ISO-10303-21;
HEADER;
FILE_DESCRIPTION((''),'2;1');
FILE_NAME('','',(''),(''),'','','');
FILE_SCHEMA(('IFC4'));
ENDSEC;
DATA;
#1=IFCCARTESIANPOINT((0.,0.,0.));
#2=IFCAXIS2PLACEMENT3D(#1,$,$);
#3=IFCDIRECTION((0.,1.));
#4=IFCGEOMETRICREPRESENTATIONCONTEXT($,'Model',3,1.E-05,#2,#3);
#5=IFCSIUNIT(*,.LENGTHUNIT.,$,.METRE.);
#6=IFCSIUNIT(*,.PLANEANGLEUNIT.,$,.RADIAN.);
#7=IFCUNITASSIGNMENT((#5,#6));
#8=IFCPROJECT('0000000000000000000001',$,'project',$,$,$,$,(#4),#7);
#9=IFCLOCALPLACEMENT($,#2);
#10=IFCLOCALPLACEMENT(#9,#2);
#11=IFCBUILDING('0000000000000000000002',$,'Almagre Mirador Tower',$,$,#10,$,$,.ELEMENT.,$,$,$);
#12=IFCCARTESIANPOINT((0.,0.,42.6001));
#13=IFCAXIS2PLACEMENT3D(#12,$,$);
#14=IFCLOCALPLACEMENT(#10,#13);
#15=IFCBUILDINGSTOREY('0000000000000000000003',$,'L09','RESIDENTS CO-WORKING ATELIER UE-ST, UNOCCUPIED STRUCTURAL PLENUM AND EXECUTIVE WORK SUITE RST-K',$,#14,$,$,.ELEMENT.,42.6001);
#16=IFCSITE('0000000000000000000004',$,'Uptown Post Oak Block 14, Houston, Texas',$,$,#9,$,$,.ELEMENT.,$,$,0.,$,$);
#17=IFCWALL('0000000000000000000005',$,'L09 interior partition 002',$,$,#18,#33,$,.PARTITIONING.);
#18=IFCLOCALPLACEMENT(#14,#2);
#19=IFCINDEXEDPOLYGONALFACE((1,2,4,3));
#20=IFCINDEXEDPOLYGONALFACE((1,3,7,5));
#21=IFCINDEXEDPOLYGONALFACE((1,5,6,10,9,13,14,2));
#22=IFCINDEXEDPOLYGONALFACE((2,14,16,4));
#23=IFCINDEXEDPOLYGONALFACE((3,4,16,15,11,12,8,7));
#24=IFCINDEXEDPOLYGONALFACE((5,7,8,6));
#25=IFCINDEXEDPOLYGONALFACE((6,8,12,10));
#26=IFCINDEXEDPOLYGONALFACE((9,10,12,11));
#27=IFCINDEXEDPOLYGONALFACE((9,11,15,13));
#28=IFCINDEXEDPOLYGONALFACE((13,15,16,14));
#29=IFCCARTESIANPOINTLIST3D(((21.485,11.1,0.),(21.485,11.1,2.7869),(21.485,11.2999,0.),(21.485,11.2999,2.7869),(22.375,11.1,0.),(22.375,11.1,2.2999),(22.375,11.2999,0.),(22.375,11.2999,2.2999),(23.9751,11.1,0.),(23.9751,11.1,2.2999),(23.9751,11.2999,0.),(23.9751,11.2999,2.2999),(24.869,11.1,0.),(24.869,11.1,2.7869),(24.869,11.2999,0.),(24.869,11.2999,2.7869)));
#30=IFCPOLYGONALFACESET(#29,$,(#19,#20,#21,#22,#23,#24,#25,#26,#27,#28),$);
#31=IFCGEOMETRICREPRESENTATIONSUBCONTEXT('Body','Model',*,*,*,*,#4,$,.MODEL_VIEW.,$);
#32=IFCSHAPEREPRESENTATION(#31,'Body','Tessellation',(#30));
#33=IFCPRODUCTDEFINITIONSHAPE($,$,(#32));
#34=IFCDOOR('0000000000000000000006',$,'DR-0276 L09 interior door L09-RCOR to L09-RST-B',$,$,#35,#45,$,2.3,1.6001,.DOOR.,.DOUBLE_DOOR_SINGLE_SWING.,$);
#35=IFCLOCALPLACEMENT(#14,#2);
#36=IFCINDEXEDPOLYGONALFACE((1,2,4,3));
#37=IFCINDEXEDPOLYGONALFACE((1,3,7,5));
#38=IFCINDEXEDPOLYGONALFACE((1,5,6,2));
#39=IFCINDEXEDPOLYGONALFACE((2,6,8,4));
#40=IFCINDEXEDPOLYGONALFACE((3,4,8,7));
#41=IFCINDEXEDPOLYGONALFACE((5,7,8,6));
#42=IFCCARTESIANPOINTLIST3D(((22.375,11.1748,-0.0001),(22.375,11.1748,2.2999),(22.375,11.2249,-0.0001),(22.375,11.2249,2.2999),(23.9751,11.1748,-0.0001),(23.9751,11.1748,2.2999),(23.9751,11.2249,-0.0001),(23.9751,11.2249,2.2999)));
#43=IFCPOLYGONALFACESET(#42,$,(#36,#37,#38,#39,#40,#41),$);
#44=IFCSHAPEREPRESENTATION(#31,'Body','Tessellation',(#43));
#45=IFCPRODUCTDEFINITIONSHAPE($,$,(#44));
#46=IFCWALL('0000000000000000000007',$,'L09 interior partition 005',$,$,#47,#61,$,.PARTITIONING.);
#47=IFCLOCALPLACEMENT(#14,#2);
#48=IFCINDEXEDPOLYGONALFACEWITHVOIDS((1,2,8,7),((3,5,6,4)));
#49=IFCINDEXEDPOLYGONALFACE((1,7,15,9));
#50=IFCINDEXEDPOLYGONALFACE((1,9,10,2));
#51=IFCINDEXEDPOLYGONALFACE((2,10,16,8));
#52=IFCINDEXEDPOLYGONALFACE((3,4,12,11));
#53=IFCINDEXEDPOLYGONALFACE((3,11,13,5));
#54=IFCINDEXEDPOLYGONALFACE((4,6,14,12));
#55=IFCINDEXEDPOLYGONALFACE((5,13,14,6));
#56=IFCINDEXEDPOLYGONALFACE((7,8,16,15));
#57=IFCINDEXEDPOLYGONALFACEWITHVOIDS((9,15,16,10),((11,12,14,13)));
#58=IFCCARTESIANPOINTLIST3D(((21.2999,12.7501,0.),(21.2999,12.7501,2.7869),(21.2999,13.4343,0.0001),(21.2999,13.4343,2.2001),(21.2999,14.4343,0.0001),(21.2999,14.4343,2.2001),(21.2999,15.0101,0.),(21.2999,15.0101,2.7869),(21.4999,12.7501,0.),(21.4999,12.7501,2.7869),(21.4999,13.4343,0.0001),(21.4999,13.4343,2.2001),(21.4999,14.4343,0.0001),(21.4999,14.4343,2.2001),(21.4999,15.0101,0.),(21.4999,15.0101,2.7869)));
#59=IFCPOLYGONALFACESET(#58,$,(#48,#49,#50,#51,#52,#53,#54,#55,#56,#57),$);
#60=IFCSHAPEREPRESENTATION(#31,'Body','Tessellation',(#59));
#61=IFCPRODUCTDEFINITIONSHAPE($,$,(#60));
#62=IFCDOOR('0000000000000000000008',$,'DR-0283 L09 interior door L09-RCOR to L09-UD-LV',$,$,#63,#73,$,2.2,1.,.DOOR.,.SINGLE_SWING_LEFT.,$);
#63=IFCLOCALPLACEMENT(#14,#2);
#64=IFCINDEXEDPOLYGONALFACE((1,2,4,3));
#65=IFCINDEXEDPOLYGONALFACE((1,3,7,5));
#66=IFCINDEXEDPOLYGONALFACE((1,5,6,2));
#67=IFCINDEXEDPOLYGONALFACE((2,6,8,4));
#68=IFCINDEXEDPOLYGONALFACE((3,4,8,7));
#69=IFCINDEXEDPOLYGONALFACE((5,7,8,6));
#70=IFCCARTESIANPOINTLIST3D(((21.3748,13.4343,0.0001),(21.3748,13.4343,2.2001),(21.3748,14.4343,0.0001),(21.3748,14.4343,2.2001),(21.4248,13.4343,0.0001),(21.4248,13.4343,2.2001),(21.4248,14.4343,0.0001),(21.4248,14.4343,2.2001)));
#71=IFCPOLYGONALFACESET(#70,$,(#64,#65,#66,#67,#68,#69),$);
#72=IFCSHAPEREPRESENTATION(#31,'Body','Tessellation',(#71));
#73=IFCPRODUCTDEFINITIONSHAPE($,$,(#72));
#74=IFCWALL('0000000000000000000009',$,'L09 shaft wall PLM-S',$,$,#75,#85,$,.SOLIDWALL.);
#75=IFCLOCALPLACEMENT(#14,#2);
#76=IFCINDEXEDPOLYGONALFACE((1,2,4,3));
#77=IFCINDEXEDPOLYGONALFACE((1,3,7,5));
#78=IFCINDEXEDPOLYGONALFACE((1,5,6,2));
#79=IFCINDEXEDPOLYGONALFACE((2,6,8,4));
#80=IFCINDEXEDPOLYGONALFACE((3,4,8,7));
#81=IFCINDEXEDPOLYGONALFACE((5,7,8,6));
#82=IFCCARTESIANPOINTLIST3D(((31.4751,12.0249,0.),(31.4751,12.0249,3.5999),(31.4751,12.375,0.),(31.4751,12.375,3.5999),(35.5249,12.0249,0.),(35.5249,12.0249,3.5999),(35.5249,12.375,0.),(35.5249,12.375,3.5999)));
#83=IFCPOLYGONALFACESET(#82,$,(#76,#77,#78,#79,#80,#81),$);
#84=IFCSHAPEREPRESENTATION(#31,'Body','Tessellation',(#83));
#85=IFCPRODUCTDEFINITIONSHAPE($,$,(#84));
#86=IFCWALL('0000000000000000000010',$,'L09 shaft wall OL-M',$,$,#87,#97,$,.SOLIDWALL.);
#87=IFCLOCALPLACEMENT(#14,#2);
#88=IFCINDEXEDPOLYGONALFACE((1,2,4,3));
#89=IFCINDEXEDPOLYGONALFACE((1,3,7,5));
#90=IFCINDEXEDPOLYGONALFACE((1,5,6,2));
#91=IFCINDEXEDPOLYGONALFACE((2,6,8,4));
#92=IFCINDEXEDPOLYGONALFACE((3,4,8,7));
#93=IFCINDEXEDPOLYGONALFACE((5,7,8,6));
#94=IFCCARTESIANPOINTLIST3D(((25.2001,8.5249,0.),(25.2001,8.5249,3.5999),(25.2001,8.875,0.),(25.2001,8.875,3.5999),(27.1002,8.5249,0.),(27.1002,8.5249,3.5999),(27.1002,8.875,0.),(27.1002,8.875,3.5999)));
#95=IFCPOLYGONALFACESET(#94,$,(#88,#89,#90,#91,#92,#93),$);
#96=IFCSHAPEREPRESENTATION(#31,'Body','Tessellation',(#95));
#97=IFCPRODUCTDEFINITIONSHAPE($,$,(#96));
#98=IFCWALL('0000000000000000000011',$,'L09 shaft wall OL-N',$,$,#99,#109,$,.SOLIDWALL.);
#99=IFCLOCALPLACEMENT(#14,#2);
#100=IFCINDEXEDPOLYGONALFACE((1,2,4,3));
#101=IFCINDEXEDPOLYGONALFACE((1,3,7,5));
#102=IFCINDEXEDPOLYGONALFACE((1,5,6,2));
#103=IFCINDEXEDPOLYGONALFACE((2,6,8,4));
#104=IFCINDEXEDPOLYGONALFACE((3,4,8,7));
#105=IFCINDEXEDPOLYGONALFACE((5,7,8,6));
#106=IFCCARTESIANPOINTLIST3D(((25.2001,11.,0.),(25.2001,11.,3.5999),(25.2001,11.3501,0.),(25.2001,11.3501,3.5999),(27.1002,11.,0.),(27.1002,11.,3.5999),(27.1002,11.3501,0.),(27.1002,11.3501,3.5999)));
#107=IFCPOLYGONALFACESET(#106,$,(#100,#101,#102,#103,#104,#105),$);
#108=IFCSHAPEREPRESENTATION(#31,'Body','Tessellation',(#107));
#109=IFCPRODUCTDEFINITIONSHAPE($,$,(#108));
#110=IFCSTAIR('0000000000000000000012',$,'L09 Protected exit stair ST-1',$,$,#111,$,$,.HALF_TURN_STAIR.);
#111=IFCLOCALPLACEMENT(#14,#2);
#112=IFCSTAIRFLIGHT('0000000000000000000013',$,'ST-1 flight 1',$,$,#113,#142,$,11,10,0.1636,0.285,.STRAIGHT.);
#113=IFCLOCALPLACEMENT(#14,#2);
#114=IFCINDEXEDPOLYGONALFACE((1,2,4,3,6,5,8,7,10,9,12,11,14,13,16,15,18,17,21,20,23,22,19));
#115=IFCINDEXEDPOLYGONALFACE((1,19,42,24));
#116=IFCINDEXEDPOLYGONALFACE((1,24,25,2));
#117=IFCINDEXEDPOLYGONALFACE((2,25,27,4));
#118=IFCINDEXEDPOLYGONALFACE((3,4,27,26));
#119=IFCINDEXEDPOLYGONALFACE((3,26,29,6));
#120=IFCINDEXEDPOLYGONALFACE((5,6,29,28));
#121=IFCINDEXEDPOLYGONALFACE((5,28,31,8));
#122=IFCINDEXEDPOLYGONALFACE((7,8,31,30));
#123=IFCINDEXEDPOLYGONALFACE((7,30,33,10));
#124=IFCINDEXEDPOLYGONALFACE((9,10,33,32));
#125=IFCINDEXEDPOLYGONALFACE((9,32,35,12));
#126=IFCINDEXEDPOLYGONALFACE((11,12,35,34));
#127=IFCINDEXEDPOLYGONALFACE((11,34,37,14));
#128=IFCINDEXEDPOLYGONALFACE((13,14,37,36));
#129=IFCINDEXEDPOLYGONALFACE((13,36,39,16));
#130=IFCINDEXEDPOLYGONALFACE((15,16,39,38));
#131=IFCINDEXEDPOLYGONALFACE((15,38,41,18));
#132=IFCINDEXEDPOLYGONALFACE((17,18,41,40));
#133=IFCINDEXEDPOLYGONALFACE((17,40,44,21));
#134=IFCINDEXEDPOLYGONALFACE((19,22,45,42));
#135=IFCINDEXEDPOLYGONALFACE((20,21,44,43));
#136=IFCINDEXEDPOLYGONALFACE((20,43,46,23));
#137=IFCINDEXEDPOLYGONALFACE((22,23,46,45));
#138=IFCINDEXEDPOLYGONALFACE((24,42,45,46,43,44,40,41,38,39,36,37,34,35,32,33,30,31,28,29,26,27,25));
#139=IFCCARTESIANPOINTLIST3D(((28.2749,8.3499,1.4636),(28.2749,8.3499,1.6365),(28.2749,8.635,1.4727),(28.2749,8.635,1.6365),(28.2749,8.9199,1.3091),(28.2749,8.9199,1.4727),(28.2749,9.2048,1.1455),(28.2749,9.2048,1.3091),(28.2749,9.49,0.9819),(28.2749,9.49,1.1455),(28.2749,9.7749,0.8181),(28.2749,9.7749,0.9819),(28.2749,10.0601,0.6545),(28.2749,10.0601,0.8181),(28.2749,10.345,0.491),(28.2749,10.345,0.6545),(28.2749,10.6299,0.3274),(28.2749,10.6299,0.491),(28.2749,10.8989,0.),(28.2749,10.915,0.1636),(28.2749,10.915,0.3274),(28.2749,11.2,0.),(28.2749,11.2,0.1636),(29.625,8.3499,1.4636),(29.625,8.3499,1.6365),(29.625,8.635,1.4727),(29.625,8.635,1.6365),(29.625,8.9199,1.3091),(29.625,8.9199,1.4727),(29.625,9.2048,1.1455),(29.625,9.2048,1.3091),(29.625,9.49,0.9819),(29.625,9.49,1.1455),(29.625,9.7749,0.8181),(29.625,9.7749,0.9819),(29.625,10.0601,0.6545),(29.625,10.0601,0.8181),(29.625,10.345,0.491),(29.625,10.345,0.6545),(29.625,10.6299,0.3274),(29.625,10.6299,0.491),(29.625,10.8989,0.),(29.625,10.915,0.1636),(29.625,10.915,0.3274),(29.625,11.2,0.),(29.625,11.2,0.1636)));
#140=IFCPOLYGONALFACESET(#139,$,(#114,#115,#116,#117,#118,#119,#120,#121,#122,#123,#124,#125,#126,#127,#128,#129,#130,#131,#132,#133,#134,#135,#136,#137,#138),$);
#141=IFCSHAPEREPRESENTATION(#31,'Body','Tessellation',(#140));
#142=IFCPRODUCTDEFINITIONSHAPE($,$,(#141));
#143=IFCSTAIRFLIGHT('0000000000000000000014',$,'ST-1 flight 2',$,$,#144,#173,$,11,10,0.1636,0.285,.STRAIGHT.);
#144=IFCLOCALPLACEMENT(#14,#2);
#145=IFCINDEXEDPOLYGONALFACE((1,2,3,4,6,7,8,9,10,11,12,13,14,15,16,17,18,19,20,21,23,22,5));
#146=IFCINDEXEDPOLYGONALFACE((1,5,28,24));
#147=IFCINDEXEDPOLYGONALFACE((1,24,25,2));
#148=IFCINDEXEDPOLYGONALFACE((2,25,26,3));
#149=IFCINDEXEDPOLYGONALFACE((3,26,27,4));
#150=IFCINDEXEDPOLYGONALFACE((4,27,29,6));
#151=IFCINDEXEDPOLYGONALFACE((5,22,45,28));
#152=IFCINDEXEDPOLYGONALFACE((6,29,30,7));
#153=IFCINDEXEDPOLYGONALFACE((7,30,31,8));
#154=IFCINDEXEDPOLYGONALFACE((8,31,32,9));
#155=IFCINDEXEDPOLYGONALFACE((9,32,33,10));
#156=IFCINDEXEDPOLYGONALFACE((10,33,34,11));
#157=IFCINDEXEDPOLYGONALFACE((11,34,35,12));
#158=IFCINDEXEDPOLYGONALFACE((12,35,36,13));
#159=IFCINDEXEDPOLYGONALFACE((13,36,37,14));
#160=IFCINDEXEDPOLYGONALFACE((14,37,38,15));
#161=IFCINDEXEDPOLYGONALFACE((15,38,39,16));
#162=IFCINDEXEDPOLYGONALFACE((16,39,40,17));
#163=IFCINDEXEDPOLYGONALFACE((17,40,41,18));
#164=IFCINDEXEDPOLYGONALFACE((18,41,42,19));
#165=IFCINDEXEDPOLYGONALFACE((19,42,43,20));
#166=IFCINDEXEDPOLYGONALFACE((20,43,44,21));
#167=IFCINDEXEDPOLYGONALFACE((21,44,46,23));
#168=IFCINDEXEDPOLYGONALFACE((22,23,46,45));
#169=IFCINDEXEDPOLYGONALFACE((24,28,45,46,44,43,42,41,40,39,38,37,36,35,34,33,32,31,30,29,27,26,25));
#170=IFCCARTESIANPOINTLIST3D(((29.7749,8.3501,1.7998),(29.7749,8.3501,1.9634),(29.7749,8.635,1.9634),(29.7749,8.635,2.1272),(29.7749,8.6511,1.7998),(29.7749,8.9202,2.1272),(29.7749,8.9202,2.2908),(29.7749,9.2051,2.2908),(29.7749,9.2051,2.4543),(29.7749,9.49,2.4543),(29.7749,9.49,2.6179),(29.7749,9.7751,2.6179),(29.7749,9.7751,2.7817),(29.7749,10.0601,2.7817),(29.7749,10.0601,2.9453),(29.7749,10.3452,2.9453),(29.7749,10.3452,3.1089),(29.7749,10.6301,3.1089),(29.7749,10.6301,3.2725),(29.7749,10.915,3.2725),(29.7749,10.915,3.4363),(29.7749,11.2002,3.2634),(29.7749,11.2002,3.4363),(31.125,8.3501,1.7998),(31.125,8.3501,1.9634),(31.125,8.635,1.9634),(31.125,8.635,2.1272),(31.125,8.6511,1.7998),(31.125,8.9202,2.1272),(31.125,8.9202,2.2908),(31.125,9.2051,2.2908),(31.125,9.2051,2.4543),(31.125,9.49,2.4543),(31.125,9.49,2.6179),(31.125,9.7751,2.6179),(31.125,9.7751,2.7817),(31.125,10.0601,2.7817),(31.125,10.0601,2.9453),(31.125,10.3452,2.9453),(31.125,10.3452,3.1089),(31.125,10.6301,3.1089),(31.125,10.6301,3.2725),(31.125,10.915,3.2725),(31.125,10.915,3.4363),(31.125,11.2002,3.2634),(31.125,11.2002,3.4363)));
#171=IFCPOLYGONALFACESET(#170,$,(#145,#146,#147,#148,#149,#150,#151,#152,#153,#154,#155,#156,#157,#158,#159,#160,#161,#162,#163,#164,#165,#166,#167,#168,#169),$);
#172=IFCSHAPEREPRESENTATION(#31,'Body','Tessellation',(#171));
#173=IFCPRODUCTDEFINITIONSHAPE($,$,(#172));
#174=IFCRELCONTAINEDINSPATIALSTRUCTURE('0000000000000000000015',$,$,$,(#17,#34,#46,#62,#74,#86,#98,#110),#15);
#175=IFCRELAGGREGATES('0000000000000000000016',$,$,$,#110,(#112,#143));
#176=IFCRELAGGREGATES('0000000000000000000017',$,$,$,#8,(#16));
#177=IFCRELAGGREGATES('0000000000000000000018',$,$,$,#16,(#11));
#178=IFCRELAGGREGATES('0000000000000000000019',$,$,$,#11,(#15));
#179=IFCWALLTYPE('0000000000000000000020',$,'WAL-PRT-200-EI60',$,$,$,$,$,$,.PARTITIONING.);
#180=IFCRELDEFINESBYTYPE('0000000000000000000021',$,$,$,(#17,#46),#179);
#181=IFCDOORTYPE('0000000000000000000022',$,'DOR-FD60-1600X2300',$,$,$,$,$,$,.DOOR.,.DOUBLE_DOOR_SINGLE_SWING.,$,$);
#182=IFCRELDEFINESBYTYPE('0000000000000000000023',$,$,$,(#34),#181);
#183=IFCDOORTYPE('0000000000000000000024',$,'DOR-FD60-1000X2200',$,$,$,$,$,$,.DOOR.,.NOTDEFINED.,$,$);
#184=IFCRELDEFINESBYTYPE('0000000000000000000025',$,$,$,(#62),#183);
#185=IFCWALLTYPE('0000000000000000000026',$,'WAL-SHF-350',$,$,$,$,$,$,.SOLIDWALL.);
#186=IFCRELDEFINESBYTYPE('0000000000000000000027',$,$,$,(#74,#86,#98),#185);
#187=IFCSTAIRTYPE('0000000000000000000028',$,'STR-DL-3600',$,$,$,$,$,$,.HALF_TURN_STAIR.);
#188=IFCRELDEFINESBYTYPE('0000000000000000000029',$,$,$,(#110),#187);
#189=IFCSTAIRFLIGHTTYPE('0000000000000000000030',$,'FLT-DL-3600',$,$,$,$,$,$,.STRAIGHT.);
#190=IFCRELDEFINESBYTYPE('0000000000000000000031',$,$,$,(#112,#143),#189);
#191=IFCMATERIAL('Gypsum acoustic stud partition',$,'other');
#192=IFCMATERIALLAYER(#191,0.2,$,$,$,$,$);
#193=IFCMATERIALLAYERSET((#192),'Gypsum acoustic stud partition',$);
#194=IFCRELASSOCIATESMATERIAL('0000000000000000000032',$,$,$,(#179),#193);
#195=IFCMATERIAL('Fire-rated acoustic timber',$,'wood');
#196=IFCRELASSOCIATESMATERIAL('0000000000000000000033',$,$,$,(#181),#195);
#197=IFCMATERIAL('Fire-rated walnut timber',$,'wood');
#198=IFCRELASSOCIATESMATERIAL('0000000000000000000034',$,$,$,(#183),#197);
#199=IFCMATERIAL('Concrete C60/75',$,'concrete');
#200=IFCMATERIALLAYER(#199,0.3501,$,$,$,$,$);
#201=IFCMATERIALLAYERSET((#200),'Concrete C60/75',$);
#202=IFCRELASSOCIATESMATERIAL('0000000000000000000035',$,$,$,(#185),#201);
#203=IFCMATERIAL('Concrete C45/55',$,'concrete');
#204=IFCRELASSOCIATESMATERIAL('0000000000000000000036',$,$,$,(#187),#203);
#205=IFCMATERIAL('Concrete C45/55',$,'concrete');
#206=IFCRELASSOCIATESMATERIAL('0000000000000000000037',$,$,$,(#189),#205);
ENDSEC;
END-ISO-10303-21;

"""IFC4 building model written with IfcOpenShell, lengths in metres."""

from ifc_helpers import new_model, si_unit, direction, frame, frame_2d, origin, place, context, subcontext, project, spatial, polyline, rectangle, outline, extrude, material, layer, layer_set, type_object, element, fill, aggregate, save


model = new_model("IFC4")

# Units and contexts
model_context = context("Model", 3, precision=1e-05, world=origin(), true_north=direction((0.0, 1.0)))
body_context = subcontext(model_context, "Body", "Model", "MODEL_VIEW")
ifc_project = project(units=[si_unit("LENGTHUNIT", "METRE"), si_unit("PLANEANGLEUNIT", "RADIAN")], contexts=[model_context])

# Site, building, storey
site_placement = place(None, origin())
site = spatial("IfcSite", under=ifc_project, at=site_placement, Name="Uptown Post Oak Block 14, Houston, Texas", CompositionType="ELEMENT", RefElevation=0.0)
building_placement = place(site_placement, origin())
building = spatial("IfcBuilding", under=site, at=building_placement, Name="Almagre Mirador Tower", CompositionType="ELEMENT")
storey_placement = place(building_placement, frame((0.0, 0.0, 42.6001)))
storey = spatial("IfcBuildingStorey", under=building, at=storey_placement, Name="L09", Description="RESIDENTS CO-WORKING ATELIER UE-ST, UNOCCUPIED STRUCTURAL PLENUM AND EXECUTIVE WORK SUITE RST-K", CompositionType="ELEMENT", Elevation=42.6001)

# Shared definitions
ifc_material_1 = material(Name="Gypsum acoustic stud partition", Category="other")
ifc_layer_1 = layer(ifc_material_1, 0.2)
ifc_layer_set_1 = layer_set([ifc_layer_1], Name="Gypsum acoustic stud partition")
wall_type_1 = type_object("IfcWallType", Name="WAL-PRT-200-EI60", PredefinedType="PARTITIONING", material=ifc_layer_set_1)

# Walls, openings, doors
wall_1_placement = place(storey_placement, frame((21.4851, 11.2, 0.0), z_axis=(0.0, 0.0, 1.0), x_axis=(1.0, 0.0, 0.0)))
wall_1 = element("IfcWall", 1, at=wall_1_placement, inside=storey, type_object=wall_type_1, Name="L09 interior partition 002", PredefinedType="PARTITIONING", context=body_context, shape_type="SweptSolid", body=[
    extrude(rectangle(XDim=3.384, YDim=0.2, at=frame_2d((1.6919, 0.0))), origin(), (0.0, 0.0, 1.0), 2.7869),
])
opening_1_placement = place(wall_1_placement, frame((0.8899, 0.0, 0.0)))
opening_1 = element("IfcOpeningElement", 2, at=opening_1_placement, cuts=wall_1, PredefinedType="OPENING", context=body_context, shape_type="SweptSolid", body=[
    extrude(rectangle(XDim=1.6001, YDim=2.3, at=frame_2d((0.8, 1.1499))), frame((0.0, 0.1101, 0.0), z_axis=(0.0, -1.0, 0.0), x_axis=(1.0, 0.0, 0.0)), (0.0, 0.0, 1.0), 0.22),
])
ifc_material_2 = material(Name="Fire-rated acoustic timber", Category="wood")
door_type_1 = type_object("IfcDoorType", Name="DOR-FD60-1600X2300", OperationType="DOUBLE_DOOR_SINGLE_SWING", PredefinedType="DOOR", material=ifc_material_2)
door_1_placement = place(opening_1_placement, origin())
door_1 = element("IfcDoor", 3, at=door_1_placement, inside=storey, type_object=door_type_1, Name="DR-0276 L09 interior door L09-RCOR to L09-RST-B", OperationType="DOUBLE_DOOR_SINGLE_SWING", OverallHeight=2.3, OverallWidth=1.6001, PredefinedType="DOOR", context=body_context, shape_type="SweptSolid", body=[
    extrude(rectangle(XDim=1.6001, YDim=2.3, at=frame_2d((0.8, 1.1499))), frame((0.0, 0.0249, 0.0), z_axis=(0.0, -1.0, 0.0), x_axis=(1.0, 0.0, 0.0)), (0.0, 0.0, 1.0), 0.05),
])
fill(opening_1, door_1)
wall_2_placement = place(storey_placement, frame((21.3999, 15.01, 0.0), z_axis=(0.0, 0.0, 1.0), x_axis=(0.0, -1.0, 0.0)))
wall_2 = element("IfcWall", 4, at=wall_2_placement, inside=storey, type_object=wall_type_1, Name="L09 interior partition 005", PredefinedType="PARTITIONING", context=body_context, shape_type="SweptSolid", body=[
    extrude(rectangle(XDim=2.26, YDim=0.2, at=frame_2d((1.1299, 0.0))), origin(), (0.0, 0.0, 1.0), 2.7869),
])
opening_2_placement = place(wall_2_placement, frame((0.5757, 0.0, 0.0)))
opening_2 = element("IfcOpeningElement", 5, at=opening_2_placement, cuts=wall_2, PredefinedType="OPENING", context=body_context, shape_type="SweptSolid", body=[
    extrude(rectangle(XDim=1.0, YDim=2.2, at=frame_2d((0.5, 1.1001))), frame((0.0, 0.1101, 0.0), z_axis=(0.0, -1.0, 0.0), x_axis=(1.0, 0.0, 0.0)), (0.0, 0.0, 1.0), 0.22),
])
ifc_material_3 = material(Name="Fire-rated walnut timber", Category="wood")
door_type_2 = type_object("IfcDoorType", Name="DOR-FD60-1000X2200", OperationType="NOTDEFINED", PredefinedType="DOOR", material=ifc_material_3)
door_2_placement = place(opening_2_placement, origin())
door_2 = element("IfcDoor", 6, at=door_2_placement, inside=storey, type_object=door_type_2, Name="DR-0283 L09 interior door L09-RCOR to L09-UD-LV", OperationType="SINGLE_SWING_LEFT", OverallHeight=2.2, OverallWidth=1.0, PredefinedType="DOOR", context=body_context, shape_type="SweptSolid", body=[
    extrude(rectangle(XDim=1.0, YDim=2.2, at=frame_2d((0.5, 1.1001))), frame((0.0, 0.0249, 0.0), z_axis=(0.0, -1.0, 0.0), x_axis=(1.0, 0.0, 0.0)), (0.0, 0.0, 1.0), 0.05),
])
fill(opening_2, door_2)

# Walls
ifc_material_4 = material(Name="Concrete C60/75", Category="concrete")
ifc_layer_2 = layer(ifc_material_4, 0.3501)
ifc_layer_set_2 = layer_set([ifc_layer_2], Name="Concrete C60/75")
wall_type_2 = type_object("IfcWallType", Name="WAL-SHF-350", PredefinedType="SOLIDWALL", material=ifc_layer_set_2)
wall_3_placement = place(storey_placement, frame((31.4751, 12.2, 0.0), z_axis=(0.0, 0.0, 1.0), x_axis=(1.0, 0.0, 0.0)))
element("IfcWall", 7, at=wall_3_placement, inside=storey, type_object=wall_type_2, Name="L09 shaft wall PLM-S", PredefinedType="SOLIDWALL", context=body_context, shape_type="SweptSolid", body=[
    extrude(rectangle(XDim=4.0498, YDim=0.3501, at=frame_2d((2.0249, 0.0))), origin(), (0.0, 0.0, 1.0), 3.5999),
])
for number, where, z_axis, x_axis, name in (
    (8, (25.2, 8.7, 0.0), (0.0, 0.0, 1.0), (1.0, 0.0, 0.0), "L09 shaft wall OL-M"),
    (9, (25.2, 11.175, 0.0), (0.0, 0.0, 1.0), (1.0, 0.0, 0.0), "L09 shaft wall OL-N"),
):
    element("IfcWall", number, at=place(storey_placement, frame(where, z_axis=z_axis, x_axis=x_axis)), inside=storey, type_object=wall_type_2, Name=name, PredefinedType="SOLIDWALL", context=body_context, shape_type="SweptSolid", body=[
        extrude(rectangle(XDim=1.9001, YDim=0.3501, at=frame_2d((0.9502, 0.0))), origin(), (0.0, 0.0, 1.0), 3.5999),
    ])

# Stair, stair flights
ifc_material_5 = material(Name="Concrete C45/55", Category="concrete")
stair_type = type_object("IfcStairType", Name="STR-DL-3600", PredefinedType="HALF_TURN_STAIR", material=ifc_material_5)
stair_placement = place(storey_placement, origin())
stair = element("IfcStair", 10, at=stair_placement, inside=storey, type_object=stair_type, Name="L09 Protected exit stair ST-1", PredefinedType="HALF_TURN_STAIR")
ifc_material_6 = material(Name="Concrete C45/55", Category="concrete")
stair_flight_type = type_object("IfcStairFlightType", Name="FLT-DL-3600", PredefinedType="STRAIGHT", material=ifc_material_6)
stair_flight_1_placement = place(storey_placement, frame((28.95, 11.2, 0.0), z_axis=(0.0, 0.0, 1.0), x_axis=(0.0, -1.0, 0.0)))
stair_flight_1 = element("IfcStairFlight", 11, at=stair_flight_1_placement, type_object=stair_flight_type, Name="ST-1 flight 1", NumberOfRisers=11, NumberOfTreads=10, PredefinedType="STRAIGHT", RiserHeight=0.1636, TreadLength=0.285, context=body_context, shape_type="SweptSolid", body=[
    extrude(outline(polyline([(0.0, 0.0), (0.0, 0.1636), (0.2849, 0.1636), (0.2849, 0.3274), (0.5701, 0.3274), (0.5701, 0.491), (0.855, 0.491), (0.855, 0.6545), (1.1399, 0.6545), (1.1399, 0.8181), (1.425, 0.8181), (1.425, 0.9819), (1.71, 0.9819), (1.71, 1.1455), (1.9951, 1.1455), (1.9951, 1.3091), (2.28, 1.3091), (2.28, 1.4727), (2.5649, 1.4727), (2.5649, 1.6365), (2.8501, 1.6365), (2.8501, 1.8), (2.8501, 1.4636), (0.301, 0.0), (0.0, 0.0)])), frame((0.0, 0.675, 0.0), z_axis=(0.0, -1.0, 0.0), x_axis=(1.0, 0.0, 0.0)), (0.0, 0.0, 1.0), 1.3501),
])
stair_flight_2_placement = place(storey_placement, frame((30.45, 8.3501, 1.7998), z_axis=(0.0, 0.0, 1.0), x_axis=(0.0, 1.0, 0.0)))
stair_flight_2 = element("IfcStairFlight", 12, at=stair_flight_2_placement, type_object=stair_flight_type, Name="ST-1 flight 2", NumberOfRisers=11, NumberOfTreads=10, PredefinedType="STRAIGHT", RiserHeight=0.1636, TreadLength=0.285, context=body_context, shape_type="SweptSolid", body=[
    extrude(outline(polyline([(0.0, 0.0), (0.0, 0.1636), (0.2849, 0.1636), (0.2849, 0.3274), (0.5701, 0.3274), (0.5701, 0.491), (0.855, 0.491), (0.855, 0.6545), (1.1399, 0.6545), (1.1399, 0.8181), (1.425, 0.8181), (1.425, 0.9819), (1.71, 0.9819), (1.71, 1.1455), (1.9951, 1.1455), (1.9951, 1.3091), (2.28, 1.3091), (2.28, 1.4727), (2.5649, 1.4727), (2.5649, 1.6365), (2.8501, 1.6365), (2.8501, 1.8), (2.8501, 1.4636), (0.301, 0.0), (0.0, 0.0)])), frame((0.0, 0.675, 0.0), z_axis=(0.0, -1.0, 0.0), x_axis=(1.0, 0.0, 0.0)), (0.0, 0.0, 1.0), 1.3501),
])
aggregate(stair, [stair_flight_1, stair_flight_2])

save(model, "model.ifc")
